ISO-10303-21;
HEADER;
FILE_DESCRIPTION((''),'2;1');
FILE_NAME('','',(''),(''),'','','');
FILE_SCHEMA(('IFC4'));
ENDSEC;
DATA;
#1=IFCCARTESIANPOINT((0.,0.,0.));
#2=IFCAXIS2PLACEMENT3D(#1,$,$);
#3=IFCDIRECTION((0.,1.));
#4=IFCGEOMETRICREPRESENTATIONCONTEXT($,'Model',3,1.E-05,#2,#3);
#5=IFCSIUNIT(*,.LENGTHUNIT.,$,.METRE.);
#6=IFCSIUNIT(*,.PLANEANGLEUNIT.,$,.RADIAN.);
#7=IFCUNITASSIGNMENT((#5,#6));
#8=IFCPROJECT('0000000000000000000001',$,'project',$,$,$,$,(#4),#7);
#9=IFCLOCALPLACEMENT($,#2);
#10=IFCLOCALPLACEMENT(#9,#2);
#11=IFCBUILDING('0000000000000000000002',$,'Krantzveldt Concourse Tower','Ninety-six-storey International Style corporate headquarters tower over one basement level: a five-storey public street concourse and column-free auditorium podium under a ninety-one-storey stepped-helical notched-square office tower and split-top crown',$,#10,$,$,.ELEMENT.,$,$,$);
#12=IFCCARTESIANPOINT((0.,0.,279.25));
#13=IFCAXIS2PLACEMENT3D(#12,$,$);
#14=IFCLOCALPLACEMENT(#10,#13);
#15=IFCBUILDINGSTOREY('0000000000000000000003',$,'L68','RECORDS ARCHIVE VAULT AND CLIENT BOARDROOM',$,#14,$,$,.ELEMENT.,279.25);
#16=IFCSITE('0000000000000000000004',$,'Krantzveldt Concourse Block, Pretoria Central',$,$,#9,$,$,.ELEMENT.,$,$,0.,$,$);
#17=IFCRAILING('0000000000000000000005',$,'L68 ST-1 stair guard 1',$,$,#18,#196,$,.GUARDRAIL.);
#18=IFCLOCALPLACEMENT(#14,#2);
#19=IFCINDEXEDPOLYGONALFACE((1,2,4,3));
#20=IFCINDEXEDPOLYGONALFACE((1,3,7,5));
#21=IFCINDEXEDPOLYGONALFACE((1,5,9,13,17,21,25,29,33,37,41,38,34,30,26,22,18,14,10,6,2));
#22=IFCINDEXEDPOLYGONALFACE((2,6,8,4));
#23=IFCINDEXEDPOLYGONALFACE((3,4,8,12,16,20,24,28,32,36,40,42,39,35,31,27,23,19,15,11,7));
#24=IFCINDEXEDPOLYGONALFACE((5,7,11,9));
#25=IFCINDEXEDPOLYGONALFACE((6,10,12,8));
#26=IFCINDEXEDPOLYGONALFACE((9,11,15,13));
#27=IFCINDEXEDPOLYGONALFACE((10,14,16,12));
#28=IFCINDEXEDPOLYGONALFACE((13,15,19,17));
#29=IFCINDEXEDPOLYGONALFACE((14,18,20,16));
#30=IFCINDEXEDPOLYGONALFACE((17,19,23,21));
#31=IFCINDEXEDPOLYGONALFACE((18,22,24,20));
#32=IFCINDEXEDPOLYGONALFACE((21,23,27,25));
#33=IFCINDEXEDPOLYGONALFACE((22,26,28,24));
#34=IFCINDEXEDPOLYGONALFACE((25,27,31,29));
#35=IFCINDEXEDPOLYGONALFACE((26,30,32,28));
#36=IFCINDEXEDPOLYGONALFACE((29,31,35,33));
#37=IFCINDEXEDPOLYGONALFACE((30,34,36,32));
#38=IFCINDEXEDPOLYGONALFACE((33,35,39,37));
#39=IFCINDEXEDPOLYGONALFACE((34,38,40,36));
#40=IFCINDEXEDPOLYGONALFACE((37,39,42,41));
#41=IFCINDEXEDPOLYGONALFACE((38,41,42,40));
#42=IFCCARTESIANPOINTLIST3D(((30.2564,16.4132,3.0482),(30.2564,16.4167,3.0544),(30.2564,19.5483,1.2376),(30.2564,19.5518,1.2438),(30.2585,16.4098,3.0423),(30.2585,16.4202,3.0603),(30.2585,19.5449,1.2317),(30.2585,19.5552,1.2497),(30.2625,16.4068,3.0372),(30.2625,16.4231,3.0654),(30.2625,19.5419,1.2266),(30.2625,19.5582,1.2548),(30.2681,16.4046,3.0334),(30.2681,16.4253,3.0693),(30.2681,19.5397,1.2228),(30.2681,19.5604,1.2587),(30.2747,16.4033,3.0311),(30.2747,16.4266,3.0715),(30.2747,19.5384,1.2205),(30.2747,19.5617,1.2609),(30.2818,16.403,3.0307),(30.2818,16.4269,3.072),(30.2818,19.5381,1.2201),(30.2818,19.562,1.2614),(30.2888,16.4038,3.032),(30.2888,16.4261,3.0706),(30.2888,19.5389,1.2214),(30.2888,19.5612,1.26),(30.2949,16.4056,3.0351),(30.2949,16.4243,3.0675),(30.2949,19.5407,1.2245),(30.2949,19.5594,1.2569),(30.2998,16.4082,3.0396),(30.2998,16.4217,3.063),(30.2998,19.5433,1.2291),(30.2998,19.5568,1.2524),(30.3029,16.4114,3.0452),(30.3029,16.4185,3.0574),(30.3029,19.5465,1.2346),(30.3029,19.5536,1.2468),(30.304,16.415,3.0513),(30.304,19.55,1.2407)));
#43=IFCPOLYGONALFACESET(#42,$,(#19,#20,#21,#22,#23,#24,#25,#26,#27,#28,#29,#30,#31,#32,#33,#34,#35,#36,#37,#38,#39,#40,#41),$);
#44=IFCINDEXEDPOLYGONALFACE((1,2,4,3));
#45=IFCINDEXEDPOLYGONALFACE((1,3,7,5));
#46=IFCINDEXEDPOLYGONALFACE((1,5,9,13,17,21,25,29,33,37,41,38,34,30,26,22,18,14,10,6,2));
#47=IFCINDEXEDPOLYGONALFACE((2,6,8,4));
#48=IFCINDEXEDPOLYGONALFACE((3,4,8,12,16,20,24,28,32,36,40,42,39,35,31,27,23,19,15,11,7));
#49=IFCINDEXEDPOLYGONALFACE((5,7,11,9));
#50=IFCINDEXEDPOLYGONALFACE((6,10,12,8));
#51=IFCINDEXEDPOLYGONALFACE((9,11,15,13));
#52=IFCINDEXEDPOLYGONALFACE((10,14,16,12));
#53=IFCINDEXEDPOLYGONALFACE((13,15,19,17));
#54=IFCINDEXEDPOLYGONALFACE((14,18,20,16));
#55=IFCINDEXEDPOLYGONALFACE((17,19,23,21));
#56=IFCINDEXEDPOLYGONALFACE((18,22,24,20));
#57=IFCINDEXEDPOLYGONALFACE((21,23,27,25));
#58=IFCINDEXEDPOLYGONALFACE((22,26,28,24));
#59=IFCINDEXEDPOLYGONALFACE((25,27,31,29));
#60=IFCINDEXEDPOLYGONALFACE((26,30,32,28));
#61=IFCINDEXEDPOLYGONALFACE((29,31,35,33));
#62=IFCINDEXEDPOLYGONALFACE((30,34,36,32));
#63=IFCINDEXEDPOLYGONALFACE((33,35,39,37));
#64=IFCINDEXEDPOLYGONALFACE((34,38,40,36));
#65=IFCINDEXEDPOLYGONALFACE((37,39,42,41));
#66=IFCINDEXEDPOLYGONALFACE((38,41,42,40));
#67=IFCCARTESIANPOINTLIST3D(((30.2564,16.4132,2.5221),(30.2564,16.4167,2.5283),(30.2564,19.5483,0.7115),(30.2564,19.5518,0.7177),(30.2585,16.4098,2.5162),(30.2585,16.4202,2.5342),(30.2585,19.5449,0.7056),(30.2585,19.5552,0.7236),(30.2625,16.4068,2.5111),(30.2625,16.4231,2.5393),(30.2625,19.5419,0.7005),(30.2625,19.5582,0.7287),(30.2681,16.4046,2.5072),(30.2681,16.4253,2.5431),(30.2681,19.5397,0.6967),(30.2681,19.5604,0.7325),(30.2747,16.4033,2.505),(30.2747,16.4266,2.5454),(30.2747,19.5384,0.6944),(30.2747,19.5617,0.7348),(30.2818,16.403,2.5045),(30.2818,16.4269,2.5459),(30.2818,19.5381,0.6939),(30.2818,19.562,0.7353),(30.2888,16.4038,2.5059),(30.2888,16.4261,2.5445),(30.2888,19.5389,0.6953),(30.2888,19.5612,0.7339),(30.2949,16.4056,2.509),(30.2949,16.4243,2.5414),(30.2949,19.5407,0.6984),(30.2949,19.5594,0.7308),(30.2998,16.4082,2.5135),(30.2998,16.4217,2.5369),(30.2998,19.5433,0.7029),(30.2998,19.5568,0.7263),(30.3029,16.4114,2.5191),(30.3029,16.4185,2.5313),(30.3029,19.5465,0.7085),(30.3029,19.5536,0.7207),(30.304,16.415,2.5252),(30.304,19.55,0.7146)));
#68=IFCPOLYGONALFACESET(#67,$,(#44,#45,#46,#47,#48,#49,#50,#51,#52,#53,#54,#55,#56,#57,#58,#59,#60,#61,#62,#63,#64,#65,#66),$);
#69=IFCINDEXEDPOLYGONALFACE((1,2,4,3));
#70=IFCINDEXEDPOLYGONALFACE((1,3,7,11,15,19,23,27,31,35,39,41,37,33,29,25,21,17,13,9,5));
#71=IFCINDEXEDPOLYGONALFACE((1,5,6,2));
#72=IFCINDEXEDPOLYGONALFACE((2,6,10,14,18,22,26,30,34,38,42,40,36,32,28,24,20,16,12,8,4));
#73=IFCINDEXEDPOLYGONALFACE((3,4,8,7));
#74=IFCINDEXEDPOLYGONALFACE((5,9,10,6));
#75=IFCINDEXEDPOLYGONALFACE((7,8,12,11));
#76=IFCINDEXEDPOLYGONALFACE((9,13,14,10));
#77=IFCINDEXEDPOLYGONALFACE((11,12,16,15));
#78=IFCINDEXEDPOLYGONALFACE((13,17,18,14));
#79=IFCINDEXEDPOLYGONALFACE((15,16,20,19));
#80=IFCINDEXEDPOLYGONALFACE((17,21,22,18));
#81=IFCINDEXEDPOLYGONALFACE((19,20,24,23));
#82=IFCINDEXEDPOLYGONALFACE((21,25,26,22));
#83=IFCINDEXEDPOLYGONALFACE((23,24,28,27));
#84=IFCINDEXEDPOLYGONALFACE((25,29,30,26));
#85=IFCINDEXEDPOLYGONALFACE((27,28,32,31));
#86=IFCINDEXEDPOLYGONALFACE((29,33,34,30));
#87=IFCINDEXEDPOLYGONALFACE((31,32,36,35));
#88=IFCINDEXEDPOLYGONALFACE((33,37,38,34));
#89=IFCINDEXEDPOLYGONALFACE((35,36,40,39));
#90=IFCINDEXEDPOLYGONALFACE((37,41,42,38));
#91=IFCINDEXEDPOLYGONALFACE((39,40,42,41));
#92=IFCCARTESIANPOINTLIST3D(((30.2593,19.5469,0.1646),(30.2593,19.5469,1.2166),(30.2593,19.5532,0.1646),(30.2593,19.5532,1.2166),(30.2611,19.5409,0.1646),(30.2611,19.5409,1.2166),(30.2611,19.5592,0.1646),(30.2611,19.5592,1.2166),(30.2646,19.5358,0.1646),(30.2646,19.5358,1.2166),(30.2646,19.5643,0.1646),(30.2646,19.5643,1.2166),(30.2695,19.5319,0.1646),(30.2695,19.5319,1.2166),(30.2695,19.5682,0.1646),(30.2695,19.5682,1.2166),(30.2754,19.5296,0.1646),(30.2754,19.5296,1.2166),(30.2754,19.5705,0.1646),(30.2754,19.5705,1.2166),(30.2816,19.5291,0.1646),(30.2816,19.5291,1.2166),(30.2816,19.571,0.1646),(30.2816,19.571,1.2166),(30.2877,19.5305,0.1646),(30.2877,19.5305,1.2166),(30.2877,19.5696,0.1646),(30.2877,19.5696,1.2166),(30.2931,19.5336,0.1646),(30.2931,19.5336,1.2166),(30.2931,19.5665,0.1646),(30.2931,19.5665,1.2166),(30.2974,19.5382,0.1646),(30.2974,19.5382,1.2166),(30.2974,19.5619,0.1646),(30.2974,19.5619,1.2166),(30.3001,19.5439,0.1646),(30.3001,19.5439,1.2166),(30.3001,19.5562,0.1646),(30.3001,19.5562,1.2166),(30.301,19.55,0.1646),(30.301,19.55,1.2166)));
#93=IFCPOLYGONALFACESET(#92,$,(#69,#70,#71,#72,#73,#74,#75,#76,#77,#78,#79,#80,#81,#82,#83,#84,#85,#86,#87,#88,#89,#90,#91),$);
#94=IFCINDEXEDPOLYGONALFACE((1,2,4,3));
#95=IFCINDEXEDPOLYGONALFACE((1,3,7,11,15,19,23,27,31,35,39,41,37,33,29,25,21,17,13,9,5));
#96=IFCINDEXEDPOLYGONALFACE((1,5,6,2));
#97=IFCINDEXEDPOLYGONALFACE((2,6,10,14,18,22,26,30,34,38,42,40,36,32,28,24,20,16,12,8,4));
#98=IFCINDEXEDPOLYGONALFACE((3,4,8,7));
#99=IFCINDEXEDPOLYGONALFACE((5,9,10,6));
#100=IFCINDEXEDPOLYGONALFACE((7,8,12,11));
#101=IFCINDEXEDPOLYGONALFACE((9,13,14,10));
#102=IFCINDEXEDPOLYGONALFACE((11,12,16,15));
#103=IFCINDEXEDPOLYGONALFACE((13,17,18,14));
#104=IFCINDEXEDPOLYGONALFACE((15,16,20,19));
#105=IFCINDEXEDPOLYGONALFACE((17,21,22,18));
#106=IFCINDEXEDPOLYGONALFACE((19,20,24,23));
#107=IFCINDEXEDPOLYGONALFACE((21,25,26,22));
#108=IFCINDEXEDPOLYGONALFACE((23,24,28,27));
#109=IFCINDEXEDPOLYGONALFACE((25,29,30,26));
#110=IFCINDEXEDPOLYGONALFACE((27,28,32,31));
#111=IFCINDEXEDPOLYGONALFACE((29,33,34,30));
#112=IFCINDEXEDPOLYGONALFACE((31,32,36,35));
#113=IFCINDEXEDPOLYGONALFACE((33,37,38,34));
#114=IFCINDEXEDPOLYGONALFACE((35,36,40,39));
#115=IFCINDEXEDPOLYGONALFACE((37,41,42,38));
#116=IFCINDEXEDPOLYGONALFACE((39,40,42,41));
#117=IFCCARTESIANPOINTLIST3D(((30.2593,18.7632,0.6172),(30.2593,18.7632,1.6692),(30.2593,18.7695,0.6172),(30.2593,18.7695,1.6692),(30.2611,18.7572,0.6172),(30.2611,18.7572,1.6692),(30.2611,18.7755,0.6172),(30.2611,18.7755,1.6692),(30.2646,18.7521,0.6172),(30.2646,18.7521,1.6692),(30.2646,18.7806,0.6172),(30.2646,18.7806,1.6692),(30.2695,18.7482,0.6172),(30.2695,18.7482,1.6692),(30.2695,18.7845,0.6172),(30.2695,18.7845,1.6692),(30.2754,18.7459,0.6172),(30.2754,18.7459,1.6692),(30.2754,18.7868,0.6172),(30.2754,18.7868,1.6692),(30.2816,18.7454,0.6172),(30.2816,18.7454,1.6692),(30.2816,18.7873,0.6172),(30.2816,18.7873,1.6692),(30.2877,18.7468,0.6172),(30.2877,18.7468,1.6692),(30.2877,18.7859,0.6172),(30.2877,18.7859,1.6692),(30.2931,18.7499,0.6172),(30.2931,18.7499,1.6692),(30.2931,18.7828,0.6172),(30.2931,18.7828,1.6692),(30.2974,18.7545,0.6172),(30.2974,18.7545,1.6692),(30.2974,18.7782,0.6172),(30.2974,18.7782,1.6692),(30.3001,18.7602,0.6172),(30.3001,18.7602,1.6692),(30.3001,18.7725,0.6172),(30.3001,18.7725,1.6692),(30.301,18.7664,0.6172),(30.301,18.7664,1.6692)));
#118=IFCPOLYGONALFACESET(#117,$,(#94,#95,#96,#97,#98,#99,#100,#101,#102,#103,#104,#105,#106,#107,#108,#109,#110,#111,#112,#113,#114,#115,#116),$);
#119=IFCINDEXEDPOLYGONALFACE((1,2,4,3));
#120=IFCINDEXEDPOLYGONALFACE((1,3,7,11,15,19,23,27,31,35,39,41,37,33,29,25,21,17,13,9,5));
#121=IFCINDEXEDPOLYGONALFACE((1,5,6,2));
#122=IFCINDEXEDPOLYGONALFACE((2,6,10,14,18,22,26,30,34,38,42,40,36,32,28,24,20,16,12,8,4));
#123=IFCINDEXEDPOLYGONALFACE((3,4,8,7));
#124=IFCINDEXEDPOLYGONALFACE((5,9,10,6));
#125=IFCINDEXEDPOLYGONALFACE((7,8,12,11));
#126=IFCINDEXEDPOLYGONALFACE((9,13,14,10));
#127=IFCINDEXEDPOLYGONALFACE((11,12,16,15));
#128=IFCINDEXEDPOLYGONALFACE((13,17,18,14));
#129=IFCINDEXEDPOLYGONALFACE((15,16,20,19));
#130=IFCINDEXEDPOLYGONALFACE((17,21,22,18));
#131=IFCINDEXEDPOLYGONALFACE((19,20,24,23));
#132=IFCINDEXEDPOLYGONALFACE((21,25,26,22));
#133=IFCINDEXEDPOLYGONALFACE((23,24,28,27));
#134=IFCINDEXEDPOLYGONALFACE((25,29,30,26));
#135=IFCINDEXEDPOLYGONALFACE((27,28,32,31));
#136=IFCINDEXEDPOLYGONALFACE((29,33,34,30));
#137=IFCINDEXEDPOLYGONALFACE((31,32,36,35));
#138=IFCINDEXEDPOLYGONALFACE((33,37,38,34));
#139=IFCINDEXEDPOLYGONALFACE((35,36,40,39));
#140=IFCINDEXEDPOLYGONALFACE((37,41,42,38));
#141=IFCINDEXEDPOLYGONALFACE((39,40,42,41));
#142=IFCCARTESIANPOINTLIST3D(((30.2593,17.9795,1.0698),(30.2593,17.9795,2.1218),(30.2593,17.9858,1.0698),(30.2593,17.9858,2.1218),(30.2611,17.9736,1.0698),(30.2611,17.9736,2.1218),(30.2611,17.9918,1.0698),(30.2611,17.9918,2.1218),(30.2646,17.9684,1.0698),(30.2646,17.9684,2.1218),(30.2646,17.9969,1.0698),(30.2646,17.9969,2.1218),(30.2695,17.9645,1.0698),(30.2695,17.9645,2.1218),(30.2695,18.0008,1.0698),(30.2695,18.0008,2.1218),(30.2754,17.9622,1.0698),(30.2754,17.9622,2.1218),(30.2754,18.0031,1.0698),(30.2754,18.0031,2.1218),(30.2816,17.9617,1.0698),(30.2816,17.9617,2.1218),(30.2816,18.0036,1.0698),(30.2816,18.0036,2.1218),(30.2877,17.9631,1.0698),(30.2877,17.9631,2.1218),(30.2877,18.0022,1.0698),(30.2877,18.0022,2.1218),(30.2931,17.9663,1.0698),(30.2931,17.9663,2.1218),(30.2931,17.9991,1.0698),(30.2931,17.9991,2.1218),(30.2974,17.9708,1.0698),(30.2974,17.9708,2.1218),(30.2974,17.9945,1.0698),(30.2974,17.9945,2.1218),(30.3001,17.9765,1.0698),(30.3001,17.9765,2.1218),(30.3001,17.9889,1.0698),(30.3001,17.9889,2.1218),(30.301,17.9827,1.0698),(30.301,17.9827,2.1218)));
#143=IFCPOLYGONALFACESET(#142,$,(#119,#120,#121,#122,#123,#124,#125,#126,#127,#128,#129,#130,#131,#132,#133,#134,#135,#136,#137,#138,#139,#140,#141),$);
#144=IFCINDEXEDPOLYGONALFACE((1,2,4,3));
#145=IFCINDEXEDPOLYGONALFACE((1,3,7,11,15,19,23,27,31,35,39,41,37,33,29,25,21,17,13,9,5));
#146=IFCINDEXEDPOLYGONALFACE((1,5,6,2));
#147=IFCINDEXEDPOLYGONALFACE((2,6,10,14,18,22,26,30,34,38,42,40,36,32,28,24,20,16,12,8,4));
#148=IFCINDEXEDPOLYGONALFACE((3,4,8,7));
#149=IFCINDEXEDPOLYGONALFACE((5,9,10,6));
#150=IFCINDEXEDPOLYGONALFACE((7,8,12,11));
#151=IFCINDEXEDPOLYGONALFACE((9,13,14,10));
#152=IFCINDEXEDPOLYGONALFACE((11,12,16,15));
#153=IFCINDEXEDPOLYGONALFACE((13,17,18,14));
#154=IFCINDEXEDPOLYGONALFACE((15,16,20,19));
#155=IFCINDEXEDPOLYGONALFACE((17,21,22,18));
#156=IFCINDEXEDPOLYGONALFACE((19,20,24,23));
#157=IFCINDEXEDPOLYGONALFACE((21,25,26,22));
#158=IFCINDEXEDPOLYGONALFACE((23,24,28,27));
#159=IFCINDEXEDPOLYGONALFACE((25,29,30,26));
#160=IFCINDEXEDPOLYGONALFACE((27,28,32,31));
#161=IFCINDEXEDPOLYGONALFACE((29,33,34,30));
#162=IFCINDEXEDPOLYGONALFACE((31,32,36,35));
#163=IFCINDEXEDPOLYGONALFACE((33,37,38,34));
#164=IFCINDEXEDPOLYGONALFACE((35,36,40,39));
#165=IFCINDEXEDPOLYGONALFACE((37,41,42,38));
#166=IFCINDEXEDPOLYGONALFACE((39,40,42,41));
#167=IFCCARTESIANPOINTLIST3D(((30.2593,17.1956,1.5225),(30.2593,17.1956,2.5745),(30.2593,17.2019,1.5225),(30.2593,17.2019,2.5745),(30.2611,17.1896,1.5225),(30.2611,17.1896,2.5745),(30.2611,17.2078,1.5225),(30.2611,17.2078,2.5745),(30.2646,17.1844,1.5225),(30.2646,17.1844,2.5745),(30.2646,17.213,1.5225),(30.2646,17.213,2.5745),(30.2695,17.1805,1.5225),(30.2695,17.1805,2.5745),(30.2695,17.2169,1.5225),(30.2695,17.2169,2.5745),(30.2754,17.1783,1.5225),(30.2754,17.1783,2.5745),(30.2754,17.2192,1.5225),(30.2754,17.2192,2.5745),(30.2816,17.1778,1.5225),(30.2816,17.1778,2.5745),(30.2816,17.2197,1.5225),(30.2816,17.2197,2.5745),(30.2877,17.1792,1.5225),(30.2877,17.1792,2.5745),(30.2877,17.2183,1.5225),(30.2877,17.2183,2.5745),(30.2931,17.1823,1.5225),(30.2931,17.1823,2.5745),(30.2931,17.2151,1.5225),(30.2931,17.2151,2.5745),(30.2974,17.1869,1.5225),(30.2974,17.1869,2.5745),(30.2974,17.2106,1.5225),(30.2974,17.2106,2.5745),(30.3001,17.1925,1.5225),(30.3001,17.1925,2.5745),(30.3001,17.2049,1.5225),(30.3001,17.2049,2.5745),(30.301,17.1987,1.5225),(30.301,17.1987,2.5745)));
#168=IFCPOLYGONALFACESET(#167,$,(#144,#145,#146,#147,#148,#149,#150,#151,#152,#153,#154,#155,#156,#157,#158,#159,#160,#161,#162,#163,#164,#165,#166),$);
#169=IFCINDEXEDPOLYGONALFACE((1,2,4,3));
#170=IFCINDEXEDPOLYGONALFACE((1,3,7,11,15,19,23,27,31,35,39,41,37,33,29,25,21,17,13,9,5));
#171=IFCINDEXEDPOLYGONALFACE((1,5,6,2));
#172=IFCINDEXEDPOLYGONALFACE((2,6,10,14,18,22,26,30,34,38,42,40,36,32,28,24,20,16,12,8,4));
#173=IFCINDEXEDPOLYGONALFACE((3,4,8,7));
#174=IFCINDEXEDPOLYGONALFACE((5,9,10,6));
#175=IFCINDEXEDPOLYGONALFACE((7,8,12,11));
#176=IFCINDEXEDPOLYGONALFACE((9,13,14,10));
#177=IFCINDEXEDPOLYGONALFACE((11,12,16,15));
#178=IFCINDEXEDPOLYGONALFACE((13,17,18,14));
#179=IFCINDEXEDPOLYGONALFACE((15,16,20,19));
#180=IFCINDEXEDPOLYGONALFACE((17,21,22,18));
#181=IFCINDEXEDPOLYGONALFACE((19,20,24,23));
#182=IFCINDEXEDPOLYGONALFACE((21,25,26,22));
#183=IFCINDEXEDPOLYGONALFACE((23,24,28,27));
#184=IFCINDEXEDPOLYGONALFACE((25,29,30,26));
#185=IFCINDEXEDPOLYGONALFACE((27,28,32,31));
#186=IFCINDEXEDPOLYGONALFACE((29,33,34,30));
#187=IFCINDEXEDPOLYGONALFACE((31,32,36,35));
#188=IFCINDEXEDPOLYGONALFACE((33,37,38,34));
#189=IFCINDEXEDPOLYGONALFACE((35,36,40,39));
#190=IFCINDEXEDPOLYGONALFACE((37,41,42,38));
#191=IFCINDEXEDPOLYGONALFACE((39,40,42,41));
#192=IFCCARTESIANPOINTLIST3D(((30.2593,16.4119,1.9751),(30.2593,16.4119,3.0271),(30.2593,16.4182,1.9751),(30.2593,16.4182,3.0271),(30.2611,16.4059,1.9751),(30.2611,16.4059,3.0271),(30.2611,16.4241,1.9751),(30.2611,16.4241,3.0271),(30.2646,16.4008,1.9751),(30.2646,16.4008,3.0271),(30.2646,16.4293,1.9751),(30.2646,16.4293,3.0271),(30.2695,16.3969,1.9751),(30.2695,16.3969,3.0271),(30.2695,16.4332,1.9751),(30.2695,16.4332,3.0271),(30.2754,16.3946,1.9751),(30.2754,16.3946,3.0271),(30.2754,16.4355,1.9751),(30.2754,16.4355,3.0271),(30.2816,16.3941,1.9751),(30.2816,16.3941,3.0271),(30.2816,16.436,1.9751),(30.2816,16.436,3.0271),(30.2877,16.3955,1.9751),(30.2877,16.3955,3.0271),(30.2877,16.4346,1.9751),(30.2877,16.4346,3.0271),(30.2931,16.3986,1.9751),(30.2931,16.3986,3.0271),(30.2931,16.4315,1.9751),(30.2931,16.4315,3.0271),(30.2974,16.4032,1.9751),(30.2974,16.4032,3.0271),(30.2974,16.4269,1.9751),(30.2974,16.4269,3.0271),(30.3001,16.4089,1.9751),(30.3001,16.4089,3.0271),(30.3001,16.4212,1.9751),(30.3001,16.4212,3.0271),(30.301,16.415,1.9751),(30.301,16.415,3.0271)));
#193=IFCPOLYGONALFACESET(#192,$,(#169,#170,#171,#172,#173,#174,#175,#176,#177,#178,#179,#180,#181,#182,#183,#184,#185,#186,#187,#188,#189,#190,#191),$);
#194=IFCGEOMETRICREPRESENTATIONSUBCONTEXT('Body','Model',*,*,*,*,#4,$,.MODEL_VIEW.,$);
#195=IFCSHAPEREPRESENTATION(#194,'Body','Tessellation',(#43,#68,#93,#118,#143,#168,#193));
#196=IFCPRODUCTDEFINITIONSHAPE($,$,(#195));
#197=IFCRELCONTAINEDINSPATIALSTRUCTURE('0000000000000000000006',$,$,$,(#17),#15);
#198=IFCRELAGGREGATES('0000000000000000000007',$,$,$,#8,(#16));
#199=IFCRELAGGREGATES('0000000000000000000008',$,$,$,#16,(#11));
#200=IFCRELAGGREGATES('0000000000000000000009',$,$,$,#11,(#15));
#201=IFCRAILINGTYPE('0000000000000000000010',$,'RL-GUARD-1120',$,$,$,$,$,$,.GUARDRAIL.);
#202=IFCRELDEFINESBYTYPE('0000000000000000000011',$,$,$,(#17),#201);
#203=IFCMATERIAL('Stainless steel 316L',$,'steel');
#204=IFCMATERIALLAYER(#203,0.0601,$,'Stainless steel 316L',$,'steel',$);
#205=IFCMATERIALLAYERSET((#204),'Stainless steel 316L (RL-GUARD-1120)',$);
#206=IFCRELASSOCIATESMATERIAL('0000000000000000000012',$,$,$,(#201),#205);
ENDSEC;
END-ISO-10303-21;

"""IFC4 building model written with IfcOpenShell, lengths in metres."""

from ifc_helpers import new_model, si_unit, direction, frame, origin, origin_2d, place, context, subcontext, project, spatial, circle, extrude, material, layer, layer_set, type_object, element, save


model = new_model("IFC4")

# Units and contexts
model_context = context("Model", 3, precision=1e-05, world=origin(), true_north=direction((0.0, 1.0)))
body_context = subcontext(model_context, "Body", "Model", "MODEL_VIEW")
ifc_project = project(units=[si_unit("LENGTHUNIT", "METRE"), si_unit("PLANEANGLEUNIT", "RADIAN")], contexts=[model_context])

# Site, building, storey
site_placement = place(None, origin())
site = spatial("IfcSite", under=ifc_project, at=site_placement, Name="Krantzveldt Concourse Block, Pretoria Central", CompositionType="ELEMENT", RefElevation=0.0)
building_placement = place(site_placement, origin())
building = spatial("IfcBuilding", under=site, at=building_placement, Name="Krantzveldt Concourse Tower", Description="Ninety-six-storey International Style corporate headquarters tower over one basement level: a five-storey public street concourse and column-free auditorium podium under a ninety-one-storey stepped-helical notched-square office tower and split-top crown", CompositionType="ELEMENT")
storey_placement = place(building_placement, frame((0.0, 0.0, 279.25)))
storey = spatial("IfcBuildingStorey", under=building, at=storey_placement, Name="L68", Description="RECORDS ARCHIVE VAULT AND CLIENT BOARDROOM", CompositionType="ELEMENT", Elevation=279.25)

# Railing
ifc_material_1 = material(Name="Stainless steel 316L", Category="steel")
ifc_layer_1 = layer(ifc_material_1, 0.0601, Name="Stainless steel 316L", Category="steel")
ifc_layer_set_1 = layer_set([ifc_layer_1], Name="Stainless steel 316L (RL-GUARD-1120)")
railing_type_1 = type_object("IfcRailingType", Name="RL-GUARD-1120", PredefinedType="GUARDRAIL", material=ifc_layer_set_1)
railing_1_placement = place(storey_placement, frame((30.28, 19.55, 0.1646)))
element("IfcRailing", 1, at=railing_1_placement, inside=storey, type_object=railing_type_1, Name="L68 ST-1 stair guard 1", PredefinedType="GUARDRAIL", context=body_context, shape_type="SweptSolid", body=[
    extrude(circle(Radius=0.0239, at=origin_2d()), frame((0.0, 0.0, 1.0762), z_axis=(0.0, -0.86596, 0.500114), x_axis=(1.0, 0.0, 0.0)), (0.0, 0.0, 1.0), 3.6204),
    extrude(circle(Radius=0.0239, at=origin_2d()), frame((0.0, 0.0, 0.55), z_axis=(0.0, -0.86596, 0.500114), x_axis=(1.0, 0.0, 0.0)), (0.0, 0.0, 1.0), 3.6204),
    extrude(circle(Radius=0.021, at=origin_2d()), origin(), (0.0, 0.0, 1.0), 1.052),
    extrude(circle(Radius=0.021, at=origin_2d()), frame((0.0, -0.7837, 0.4526)), (0.0, 0.0, 1.0), 1.052),
    extrude(circle(Radius=0.021, at=origin_2d()), frame((0.0, -1.5674, 0.9053)), (0.0, 0.0, 1.0), 1.052),
    extrude(circle(Radius=0.021, at=origin_2d()), frame((0.0, -2.3513, 1.3579)), (0.0, 0.0, 1.0), 1.052),
    extrude(circle(Radius=0.021, at=origin_2d()), frame((0.0, -3.135, 1.8105)), (0.0, 0.0, 1.0), 1.052),
])

save(model, "model.ifc")
